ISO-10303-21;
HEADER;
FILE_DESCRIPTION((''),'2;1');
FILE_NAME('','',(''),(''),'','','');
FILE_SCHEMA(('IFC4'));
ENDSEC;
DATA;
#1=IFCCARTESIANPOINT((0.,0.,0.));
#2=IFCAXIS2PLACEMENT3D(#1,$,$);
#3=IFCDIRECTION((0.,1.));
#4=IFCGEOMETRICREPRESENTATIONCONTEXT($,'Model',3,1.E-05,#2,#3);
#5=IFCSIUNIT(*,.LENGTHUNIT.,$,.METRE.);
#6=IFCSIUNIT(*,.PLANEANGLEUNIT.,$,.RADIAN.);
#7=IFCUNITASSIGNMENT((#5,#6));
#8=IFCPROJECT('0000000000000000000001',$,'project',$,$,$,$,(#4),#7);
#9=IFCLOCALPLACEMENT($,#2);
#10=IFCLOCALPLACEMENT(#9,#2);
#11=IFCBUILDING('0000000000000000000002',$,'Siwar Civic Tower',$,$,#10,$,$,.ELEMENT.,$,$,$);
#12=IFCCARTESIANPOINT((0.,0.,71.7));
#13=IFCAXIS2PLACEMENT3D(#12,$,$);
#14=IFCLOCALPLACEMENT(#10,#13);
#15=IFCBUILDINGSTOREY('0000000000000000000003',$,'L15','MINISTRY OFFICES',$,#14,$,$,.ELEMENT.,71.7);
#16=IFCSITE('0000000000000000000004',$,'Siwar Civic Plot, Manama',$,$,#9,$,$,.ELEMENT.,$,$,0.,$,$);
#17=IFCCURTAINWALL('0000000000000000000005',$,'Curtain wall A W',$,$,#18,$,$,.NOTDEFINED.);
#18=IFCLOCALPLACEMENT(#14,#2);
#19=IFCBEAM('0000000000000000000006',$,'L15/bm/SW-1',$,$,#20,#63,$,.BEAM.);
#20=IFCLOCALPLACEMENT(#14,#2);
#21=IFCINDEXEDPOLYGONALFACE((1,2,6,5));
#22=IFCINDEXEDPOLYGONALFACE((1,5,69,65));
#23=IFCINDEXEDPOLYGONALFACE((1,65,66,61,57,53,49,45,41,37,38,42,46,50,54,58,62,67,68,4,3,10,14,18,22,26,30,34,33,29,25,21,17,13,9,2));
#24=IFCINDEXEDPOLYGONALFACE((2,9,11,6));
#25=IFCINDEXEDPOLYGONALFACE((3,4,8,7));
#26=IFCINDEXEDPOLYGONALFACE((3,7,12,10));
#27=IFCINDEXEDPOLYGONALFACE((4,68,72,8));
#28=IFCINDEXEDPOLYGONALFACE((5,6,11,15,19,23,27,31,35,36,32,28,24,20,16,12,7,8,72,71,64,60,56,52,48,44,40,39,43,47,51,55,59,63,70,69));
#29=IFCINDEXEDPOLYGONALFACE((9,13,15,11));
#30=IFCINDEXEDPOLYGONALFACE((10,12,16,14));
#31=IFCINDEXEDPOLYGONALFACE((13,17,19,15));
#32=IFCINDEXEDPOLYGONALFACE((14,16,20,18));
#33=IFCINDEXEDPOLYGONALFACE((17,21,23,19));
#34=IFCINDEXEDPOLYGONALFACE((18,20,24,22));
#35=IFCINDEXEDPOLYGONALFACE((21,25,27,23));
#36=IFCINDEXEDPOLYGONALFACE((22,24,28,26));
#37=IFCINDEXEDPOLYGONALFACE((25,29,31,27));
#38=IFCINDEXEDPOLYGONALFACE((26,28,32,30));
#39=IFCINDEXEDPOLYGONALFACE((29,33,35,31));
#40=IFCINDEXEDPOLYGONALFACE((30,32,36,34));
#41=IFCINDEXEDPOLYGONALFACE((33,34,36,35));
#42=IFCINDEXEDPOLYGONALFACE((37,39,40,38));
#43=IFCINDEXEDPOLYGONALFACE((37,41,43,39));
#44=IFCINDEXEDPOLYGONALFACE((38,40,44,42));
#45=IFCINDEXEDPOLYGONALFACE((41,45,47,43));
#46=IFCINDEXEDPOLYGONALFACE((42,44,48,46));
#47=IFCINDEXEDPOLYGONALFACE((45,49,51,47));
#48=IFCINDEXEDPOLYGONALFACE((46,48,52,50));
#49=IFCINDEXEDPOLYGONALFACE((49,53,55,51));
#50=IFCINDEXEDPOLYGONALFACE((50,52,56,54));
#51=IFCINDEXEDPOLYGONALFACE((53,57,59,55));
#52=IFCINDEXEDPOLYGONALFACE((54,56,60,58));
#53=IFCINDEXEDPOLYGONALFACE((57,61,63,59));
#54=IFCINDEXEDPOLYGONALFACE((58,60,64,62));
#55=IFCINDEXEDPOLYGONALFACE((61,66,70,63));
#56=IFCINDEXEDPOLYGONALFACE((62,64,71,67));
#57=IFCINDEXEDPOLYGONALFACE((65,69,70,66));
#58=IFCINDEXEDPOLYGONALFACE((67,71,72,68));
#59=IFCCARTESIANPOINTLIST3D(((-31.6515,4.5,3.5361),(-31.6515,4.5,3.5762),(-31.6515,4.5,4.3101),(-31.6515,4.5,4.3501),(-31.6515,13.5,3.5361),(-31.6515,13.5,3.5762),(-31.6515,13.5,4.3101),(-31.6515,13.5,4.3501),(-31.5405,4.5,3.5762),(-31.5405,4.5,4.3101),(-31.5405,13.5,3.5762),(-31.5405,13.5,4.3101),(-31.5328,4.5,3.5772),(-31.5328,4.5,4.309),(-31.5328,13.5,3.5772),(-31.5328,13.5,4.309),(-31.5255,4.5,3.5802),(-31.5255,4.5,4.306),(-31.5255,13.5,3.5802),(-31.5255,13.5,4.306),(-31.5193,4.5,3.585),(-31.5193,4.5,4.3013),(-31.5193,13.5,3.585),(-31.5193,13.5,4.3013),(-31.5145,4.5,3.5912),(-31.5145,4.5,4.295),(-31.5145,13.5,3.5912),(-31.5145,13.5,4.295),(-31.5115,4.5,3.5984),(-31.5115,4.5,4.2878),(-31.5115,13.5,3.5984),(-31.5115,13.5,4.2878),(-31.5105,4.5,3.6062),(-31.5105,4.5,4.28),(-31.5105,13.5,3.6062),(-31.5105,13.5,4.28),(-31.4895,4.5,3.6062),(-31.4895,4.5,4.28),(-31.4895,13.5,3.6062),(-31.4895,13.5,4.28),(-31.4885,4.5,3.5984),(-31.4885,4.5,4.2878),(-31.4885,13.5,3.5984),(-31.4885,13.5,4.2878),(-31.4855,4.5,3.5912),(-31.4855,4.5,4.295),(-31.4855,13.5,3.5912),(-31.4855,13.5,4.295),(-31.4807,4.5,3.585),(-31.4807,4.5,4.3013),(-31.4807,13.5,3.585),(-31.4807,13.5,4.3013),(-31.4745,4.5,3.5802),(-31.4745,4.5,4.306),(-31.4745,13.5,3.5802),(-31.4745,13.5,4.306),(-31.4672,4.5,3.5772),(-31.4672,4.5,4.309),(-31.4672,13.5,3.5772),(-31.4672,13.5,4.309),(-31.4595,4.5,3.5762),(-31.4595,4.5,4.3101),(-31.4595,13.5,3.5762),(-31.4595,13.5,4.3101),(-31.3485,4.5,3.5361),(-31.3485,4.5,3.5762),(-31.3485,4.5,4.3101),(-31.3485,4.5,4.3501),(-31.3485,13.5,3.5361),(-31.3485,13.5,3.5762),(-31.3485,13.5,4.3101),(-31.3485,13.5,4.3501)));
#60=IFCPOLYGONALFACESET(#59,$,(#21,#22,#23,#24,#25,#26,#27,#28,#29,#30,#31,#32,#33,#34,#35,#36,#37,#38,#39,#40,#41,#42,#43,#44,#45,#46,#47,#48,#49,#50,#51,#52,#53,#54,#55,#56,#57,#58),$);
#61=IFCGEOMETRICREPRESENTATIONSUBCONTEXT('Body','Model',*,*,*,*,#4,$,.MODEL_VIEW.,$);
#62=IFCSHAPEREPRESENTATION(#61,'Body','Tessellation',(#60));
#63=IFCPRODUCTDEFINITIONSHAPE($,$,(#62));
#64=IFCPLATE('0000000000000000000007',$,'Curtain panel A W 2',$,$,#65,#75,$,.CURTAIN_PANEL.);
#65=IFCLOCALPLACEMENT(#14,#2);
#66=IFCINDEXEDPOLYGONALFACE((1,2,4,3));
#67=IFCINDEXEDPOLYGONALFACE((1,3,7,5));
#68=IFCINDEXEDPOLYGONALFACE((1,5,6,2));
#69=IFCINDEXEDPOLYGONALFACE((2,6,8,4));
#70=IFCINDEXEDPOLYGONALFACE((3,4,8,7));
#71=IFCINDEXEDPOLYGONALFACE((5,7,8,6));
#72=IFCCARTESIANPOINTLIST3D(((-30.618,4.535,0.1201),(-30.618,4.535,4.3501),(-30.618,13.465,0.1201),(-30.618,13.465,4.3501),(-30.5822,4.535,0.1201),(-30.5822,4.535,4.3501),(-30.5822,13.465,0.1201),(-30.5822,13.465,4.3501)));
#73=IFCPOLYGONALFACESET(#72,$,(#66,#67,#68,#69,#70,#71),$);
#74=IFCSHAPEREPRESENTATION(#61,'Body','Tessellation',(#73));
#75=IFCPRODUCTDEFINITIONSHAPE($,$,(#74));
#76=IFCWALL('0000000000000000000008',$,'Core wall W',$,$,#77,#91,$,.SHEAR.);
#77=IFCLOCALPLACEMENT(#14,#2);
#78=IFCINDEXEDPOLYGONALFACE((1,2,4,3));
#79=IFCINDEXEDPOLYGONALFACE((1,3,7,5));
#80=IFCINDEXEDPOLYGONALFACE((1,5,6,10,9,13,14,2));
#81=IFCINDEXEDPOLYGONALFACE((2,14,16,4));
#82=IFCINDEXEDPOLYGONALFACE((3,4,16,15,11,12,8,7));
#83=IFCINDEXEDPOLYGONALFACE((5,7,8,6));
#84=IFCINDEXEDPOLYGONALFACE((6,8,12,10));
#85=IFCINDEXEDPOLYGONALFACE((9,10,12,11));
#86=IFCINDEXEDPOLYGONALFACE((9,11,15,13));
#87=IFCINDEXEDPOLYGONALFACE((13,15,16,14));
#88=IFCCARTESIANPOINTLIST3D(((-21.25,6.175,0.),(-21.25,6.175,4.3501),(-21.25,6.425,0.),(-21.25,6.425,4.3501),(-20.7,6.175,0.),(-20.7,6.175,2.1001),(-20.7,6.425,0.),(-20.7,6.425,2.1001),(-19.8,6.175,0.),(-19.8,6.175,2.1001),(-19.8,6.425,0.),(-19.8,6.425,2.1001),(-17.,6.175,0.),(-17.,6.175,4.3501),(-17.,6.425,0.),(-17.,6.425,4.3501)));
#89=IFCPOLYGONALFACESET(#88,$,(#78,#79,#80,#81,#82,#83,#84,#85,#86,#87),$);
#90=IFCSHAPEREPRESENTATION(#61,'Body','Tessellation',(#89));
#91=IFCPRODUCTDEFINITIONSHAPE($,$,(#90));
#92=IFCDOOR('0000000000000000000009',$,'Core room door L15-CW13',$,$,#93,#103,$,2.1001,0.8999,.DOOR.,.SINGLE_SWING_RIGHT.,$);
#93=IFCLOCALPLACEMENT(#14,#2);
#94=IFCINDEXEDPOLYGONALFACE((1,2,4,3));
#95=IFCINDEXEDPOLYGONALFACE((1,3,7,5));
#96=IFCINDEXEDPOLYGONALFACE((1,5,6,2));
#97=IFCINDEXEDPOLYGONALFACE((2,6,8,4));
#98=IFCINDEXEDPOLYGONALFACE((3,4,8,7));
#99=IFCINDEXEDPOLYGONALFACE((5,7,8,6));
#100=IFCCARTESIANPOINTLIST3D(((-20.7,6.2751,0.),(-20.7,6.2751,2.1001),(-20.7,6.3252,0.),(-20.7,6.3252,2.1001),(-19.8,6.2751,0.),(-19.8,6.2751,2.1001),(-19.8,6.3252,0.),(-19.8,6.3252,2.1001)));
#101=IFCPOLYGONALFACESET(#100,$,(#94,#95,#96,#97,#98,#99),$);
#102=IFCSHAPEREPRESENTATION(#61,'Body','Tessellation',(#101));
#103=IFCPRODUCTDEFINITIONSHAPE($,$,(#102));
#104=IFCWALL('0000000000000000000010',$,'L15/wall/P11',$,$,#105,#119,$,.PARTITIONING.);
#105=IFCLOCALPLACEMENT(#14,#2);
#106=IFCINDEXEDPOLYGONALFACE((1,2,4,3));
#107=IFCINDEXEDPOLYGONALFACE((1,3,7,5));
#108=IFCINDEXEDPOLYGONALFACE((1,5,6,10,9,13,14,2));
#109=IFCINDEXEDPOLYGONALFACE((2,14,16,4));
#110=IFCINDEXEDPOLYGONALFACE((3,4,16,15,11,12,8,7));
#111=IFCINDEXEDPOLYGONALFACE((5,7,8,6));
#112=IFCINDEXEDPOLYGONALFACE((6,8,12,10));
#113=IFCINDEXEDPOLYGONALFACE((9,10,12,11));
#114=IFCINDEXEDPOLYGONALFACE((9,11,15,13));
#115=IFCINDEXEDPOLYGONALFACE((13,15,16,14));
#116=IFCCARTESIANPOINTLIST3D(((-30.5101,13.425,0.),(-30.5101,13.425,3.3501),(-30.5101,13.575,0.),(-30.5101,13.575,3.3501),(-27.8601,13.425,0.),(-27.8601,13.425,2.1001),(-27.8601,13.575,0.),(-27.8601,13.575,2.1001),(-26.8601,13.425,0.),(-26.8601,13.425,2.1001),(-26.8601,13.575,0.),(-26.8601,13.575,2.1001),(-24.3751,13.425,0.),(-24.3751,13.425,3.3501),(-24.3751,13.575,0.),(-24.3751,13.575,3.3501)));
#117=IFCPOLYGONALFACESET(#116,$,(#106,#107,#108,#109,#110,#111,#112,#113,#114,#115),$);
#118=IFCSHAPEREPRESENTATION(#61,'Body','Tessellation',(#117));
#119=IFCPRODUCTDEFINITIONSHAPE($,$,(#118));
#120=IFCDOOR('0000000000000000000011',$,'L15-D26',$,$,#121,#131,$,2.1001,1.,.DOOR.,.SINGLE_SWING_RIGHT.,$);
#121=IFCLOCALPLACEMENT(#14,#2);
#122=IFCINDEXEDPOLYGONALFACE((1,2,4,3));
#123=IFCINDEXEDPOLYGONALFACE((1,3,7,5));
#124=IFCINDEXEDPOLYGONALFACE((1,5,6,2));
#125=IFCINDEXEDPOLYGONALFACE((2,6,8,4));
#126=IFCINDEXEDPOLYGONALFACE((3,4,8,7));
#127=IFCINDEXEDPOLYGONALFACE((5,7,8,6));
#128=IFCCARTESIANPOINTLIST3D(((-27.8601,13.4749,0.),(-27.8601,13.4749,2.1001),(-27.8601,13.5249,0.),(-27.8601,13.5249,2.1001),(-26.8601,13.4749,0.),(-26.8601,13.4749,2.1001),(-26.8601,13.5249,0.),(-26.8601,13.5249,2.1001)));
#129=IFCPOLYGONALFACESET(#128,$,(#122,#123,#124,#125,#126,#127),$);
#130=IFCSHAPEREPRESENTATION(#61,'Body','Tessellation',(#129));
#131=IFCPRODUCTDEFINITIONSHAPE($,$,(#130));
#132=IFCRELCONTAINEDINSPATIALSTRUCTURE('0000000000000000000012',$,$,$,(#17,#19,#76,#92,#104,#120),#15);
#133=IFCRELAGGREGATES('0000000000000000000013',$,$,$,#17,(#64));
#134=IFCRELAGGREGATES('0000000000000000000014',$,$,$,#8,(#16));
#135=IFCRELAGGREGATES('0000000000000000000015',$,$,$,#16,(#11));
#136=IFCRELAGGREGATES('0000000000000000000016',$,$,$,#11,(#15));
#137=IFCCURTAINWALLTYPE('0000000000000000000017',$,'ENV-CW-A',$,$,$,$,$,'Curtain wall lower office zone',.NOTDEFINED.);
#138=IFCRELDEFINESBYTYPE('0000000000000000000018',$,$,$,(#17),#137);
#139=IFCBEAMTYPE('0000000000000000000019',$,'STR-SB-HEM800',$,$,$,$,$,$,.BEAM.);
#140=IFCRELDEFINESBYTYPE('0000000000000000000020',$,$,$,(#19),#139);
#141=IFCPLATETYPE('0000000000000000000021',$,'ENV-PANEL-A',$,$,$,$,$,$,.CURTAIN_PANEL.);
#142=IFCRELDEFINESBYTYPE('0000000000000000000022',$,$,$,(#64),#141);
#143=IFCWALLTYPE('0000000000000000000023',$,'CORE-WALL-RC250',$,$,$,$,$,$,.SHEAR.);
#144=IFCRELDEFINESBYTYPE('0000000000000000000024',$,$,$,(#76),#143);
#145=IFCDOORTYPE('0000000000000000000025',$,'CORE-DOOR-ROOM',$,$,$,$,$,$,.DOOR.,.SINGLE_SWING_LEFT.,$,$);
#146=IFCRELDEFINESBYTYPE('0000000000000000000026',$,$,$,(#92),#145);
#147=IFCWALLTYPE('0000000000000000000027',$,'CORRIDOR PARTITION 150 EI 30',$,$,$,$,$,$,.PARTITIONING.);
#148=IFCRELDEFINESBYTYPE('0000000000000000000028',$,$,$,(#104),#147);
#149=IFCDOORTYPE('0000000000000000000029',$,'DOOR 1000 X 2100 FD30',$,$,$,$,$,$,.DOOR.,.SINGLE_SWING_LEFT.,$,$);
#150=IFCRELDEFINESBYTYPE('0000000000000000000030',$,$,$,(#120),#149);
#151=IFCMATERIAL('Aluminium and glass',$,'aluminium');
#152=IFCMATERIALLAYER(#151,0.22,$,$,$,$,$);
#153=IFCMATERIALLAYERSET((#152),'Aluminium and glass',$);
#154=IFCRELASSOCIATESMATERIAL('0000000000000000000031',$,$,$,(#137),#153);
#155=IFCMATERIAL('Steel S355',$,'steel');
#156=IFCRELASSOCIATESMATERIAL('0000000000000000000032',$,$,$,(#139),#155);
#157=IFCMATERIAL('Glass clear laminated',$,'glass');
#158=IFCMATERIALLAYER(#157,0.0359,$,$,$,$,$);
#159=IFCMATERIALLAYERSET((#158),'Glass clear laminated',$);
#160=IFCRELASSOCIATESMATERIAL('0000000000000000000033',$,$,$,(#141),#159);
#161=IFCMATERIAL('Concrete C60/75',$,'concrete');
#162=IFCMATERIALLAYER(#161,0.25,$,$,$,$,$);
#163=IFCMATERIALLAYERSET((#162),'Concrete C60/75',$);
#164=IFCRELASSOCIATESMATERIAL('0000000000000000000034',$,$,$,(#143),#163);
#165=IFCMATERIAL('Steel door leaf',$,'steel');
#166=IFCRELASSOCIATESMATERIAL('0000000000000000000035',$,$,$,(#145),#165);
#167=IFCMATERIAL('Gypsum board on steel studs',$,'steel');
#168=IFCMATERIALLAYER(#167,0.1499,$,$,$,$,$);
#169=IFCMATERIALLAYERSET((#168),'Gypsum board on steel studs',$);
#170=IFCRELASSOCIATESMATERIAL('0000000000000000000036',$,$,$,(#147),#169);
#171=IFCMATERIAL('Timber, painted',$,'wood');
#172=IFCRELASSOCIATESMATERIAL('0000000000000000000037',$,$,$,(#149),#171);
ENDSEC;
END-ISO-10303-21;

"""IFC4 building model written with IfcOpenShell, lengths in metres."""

from ifc_helpers import new_model, si_unit, direction, frame, frame_2d, origin, origin_2d, place, context, subcontext, project, spatial, rectangle, i_section, extrude, material, layer, layer_set, material_profile, profile_set, type_object, element, fill, aggregate, save


model = new_model("IFC4")

# Units and contexts
model_context = context("Model", 3, precision=1e-05, world=origin(), true_north=direction((0.0, 1.0)))
body_context = subcontext(model_context, "Body", "Model", "MODEL_VIEW")
ifc_project = project(units=[si_unit("LENGTHUNIT", "METRE"), si_unit("PLANEANGLEUNIT", "RADIAN")], contexts=[model_context])

# Site, building, storey
site_placement = place(None, origin())
site = spatial("IfcSite", under=ifc_project, at=site_placement, Name="Siwar Civic Plot, Manama", CompositionType="ELEMENT", RefElevation=0.0)
building_placement = place(site_placement, origin())
building = spatial("IfcBuilding", under=site, at=building_placement, Name="Siwar Civic Tower", CompositionType="ELEMENT")
storey_placement = place(building_placement, frame((0.0, 0.0, 71.7)))
storey = spatial("IfcBuildingStorey", under=building, at=storey_placement, Name="L15", Description="MINISTRY OFFICES", CompositionType="ELEMENT", Elevation=71.7)

# Curtain wall
ifc_material_1 = material(Name="Aluminium and glass", Category="aluminium")
ifc_layer_1 = layer(ifc_material_1, 0.22)
ifc_layer_set_1 = layer_set([ifc_layer_1], Name="Aluminium and glass")
curtain_wall_type = type_object("IfcCurtainWallType", Name="ENV-CW-A", ElementType="Curtain wall lower office zone", PredefinedType="NOTDEFINED", material=ifc_layer_set_1)
curtain_wall_placement = place(storey_placement, origin())
curtain_wall = element("IfcCurtainWall", 1, at=curtain_wall_placement, inside=storey, type_object=curtain_wall_type, Name="Curtain wall A W", PredefinedType="NOTDEFINED")

# Beam
ifc_material_2 = material(Name="Steel S355", Category="steel")
ifc_material_profile_1 = material_profile(ifc_material_2, i_section(OverallWidth=0.303, OverallDepth=0.814, WebThickness=0.021, FlangeThickness=0.04, FilletRadius=0.03, at=origin_2d()), Name="HEM800")
ifc_profile_set_1 = profile_set([ifc_material_profile_1], Name="Steel S355")
beam_type_1 = type_object("IfcBeamType", Name="STR-SB-HEM800", PredefinedType="BEAM", material=ifc_profile_set_1)
beam_1_placement = place(storey_placement, frame((-31.5, 13.5, 3.9431), z_axis=(0.0, -1.0, 0.0), x_axis=(1.0, 0.0, 0.0)))
element("IfcBeam", 2, at=beam_1_placement, inside=storey, type_object=beam_type_1, Name="L15/bm/SW-1", PredefinedType="BEAM", context=body_context, shape_type="SweptSolid", body=[
    extrude(i_section(OverallWidth=0.303, OverallDepth=0.814, WebThickness=0.021, FlangeThickness=0.04, FilletRadius=0.03, at=origin_2d()), origin(), (0.0, 0.0, 1.0), 9.0),
])

# Plate
ifc_material_3 = material(Name="Glass clear laminated", Category="glass")
ifc_layer_2 = layer(ifc_material_3, 0.0359)
ifc_layer_set_2 = layer_set([ifc_layer_2], Name="Glass clear laminated")
plate_type = type_object("IfcPlateType", Name="ENV-PANEL-A", PredefinedType="CURTAIN_PANEL", material=ifc_layer_set_2)
plate_placement = place(storey_placement, frame((-30.6001, 9.0, 0.1201), z_axis=(0.0, 0.0, 1.0), x_axis=(0.0, -1.0, 0.0)))
plate = element("IfcPlate", 3, at=plate_placement, type_object=plate_type, Name="Curtain panel A W 2", PredefinedType="CURTAIN_PANEL", context=body_context, shape_type="SweptSolid", body=[
    extrude(rectangle(XDim=8.9299, YDim=0.0359, at=origin_2d()), origin(), (0.0, 0.0, 1.0), 4.23),
])
aggregate(curtain_wall, [plate])

# Walls, openings, doors
ifc_material_4 = material(Name="Concrete C60/75", Category="concrete")
ifc_layer_3 = layer(ifc_material_4, 0.25)
ifc_layer_set_3 = layer_set([ifc_layer_3], Name="Concrete C60/75")
wall_type_1 = type_object("IfcWallType", Name="CORE-WALL-RC250", PredefinedType="SHEAR", material=ifc_layer_set_3)
wall_1_placement = place(storey_placement, frame((-17.0, 6.3, 0.0), z_axis=(0.0, 0.0, 1.0), x_axis=(-1.0, 0.0, 0.0)))
wall_1 = element("IfcWall", 4, at=wall_1_placement, inside=storey, type_object=wall_type_1, Name="Core wall W", PredefinedType="SHEAR", context=body_context, shape_type="SweptSolid", body=[
    extrude(rectangle(XDim=4.25, YDim=0.25, at=frame_2d((2.125, 0.0))), origin(), (0.0, 0.0, 1.0), 4.3501),
])
opening_1_placement = place(wall_1_placement, frame((2.8, 0.0, 0.0)))
opening_1 = element("IfcOpeningElement", 5, at=opening_1_placement, cuts=wall_1, PredefinedType="OPENING", context=body_context, shape_type="SweptSolid", body=[
    extrude(rectangle(XDim=0.8999, YDim=2.1001, at=frame_2d((0.45, 1.05))), frame((0.0, 0.135, 0.0), z_axis=(0.0, -1.0, 0.0), x_axis=(1.0, 0.0, 0.0)), (0.0, 0.0, 1.0), 0.27),
])
ifc_material_5 = material(Name="Steel door leaf", Category="steel")
door_type_1 = type_object("IfcDoorType", Name="CORE-DOOR-ROOM", OperationType="SINGLE_SWING_LEFT", PredefinedType="DOOR", material=ifc_material_5)
door_1_placement = place(opening_1_placement, origin())
door_1 = element("IfcDoor", 6, at=door_1_placement, inside=storey, type_object=door_type_1, Name="Core room door L15-CW13", OperationType="SINGLE_SWING_RIGHT", OverallHeight=2.1001, OverallWidth=0.8999, PredefinedType="DOOR", context=body_context, shape_type="SweptSolid", body=[
    extrude(rectangle(XDim=0.8999, YDim=2.1001, at=frame_2d((0.45, 1.05))), frame((0.0, 0.0249, 0.0), z_axis=(0.0, -1.0, 0.0), x_axis=(1.0, 0.0, 0.0)), (0.0, 0.0, 1.0), 0.05),
])
fill(opening_1, door_1)
ifc_material_6 = material(Name="Gypsum board on steel studs", Category="steel")
ifc_layer_4 = layer(ifc_material_6, 0.1499)
ifc_layer_set_4 = layer_set([ifc_layer_4], Name="Gypsum board on steel studs")
wall_type_2 = type_object("IfcWallType", Name="CORRIDOR PARTITION 150 EI 30", PredefinedType="PARTITIONING", material=ifc_layer_set_4)
wall_2_placement = place(storey_placement, frame((-30.51, 13.5, 0.0), z_axis=(0.0, 0.0, 1.0), x_axis=(1.0, 0.0, 0.0)))
wall_2 = element("IfcWall", 7, at=wall_2_placement, inside=storey, type_object=wall_type_2, Name="L15/wall/P11", PredefinedType="PARTITIONING", context=body_context, shape_type="SweptSolid", body=[
    extrude(rectangle(XDim=6.135, YDim=0.1499, at=frame_2d((3.0674, 0.0))), origin(), (0.0, 0.0, 1.0), 3.3501),
])
opening_2_placement = place(wall_2_placement, frame((2.6499, 0.0, 0.0)))
opening_2 = element("IfcOpeningElement", 8, at=opening_2_placement, cuts=wall_2, PredefinedType="OPENING", context=body_context, shape_type="SweptSolid", body=[
    extrude(rectangle(XDim=1.0, YDim=2.1001, at=frame_2d((0.5, 1.05))), frame((0.0, 0.085, 0.0), z_axis=(0.0, -1.0, 0.0), x_axis=(1.0, 0.0, 0.0)), (0.0, 0.0, 1.0), 0.1699),
])
ifc_material_7 = material(Name="Timber, painted", Category="wood")
door_type_2 = type_object("IfcDoorType", Name="DOOR 1000 X 2100 FD30", OperationType="SINGLE_SWING_LEFT", PredefinedType="DOOR", material=ifc_material_7)
door_2_placement = place(opening_2_placement, origin())
door_2 = element("IfcDoor", 9, at=door_2_placement, inside=storey, type_object=door_type_2, Name="L15-D26", OperationType="SINGLE_SWING_RIGHT", OverallHeight=2.1001, OverallWidth=1.0, PredefinedType="DOOR", context=body_context, shape_type="SweptSolid", body=[
    extrude(rectangle(XDim=1.0, YDim=2.1001, at=frame_2d((0.5, 1.05))), frame((0.0, 0.0249, 0.0), z_axis=(0.0, -1.0, 0.0), x_axis=(1.0, 0.0, 0.0)), (0.0, 0.0, 1.0), 0.05),
])
fill(opening_2, door_2)

save(model, "model.ifc")
